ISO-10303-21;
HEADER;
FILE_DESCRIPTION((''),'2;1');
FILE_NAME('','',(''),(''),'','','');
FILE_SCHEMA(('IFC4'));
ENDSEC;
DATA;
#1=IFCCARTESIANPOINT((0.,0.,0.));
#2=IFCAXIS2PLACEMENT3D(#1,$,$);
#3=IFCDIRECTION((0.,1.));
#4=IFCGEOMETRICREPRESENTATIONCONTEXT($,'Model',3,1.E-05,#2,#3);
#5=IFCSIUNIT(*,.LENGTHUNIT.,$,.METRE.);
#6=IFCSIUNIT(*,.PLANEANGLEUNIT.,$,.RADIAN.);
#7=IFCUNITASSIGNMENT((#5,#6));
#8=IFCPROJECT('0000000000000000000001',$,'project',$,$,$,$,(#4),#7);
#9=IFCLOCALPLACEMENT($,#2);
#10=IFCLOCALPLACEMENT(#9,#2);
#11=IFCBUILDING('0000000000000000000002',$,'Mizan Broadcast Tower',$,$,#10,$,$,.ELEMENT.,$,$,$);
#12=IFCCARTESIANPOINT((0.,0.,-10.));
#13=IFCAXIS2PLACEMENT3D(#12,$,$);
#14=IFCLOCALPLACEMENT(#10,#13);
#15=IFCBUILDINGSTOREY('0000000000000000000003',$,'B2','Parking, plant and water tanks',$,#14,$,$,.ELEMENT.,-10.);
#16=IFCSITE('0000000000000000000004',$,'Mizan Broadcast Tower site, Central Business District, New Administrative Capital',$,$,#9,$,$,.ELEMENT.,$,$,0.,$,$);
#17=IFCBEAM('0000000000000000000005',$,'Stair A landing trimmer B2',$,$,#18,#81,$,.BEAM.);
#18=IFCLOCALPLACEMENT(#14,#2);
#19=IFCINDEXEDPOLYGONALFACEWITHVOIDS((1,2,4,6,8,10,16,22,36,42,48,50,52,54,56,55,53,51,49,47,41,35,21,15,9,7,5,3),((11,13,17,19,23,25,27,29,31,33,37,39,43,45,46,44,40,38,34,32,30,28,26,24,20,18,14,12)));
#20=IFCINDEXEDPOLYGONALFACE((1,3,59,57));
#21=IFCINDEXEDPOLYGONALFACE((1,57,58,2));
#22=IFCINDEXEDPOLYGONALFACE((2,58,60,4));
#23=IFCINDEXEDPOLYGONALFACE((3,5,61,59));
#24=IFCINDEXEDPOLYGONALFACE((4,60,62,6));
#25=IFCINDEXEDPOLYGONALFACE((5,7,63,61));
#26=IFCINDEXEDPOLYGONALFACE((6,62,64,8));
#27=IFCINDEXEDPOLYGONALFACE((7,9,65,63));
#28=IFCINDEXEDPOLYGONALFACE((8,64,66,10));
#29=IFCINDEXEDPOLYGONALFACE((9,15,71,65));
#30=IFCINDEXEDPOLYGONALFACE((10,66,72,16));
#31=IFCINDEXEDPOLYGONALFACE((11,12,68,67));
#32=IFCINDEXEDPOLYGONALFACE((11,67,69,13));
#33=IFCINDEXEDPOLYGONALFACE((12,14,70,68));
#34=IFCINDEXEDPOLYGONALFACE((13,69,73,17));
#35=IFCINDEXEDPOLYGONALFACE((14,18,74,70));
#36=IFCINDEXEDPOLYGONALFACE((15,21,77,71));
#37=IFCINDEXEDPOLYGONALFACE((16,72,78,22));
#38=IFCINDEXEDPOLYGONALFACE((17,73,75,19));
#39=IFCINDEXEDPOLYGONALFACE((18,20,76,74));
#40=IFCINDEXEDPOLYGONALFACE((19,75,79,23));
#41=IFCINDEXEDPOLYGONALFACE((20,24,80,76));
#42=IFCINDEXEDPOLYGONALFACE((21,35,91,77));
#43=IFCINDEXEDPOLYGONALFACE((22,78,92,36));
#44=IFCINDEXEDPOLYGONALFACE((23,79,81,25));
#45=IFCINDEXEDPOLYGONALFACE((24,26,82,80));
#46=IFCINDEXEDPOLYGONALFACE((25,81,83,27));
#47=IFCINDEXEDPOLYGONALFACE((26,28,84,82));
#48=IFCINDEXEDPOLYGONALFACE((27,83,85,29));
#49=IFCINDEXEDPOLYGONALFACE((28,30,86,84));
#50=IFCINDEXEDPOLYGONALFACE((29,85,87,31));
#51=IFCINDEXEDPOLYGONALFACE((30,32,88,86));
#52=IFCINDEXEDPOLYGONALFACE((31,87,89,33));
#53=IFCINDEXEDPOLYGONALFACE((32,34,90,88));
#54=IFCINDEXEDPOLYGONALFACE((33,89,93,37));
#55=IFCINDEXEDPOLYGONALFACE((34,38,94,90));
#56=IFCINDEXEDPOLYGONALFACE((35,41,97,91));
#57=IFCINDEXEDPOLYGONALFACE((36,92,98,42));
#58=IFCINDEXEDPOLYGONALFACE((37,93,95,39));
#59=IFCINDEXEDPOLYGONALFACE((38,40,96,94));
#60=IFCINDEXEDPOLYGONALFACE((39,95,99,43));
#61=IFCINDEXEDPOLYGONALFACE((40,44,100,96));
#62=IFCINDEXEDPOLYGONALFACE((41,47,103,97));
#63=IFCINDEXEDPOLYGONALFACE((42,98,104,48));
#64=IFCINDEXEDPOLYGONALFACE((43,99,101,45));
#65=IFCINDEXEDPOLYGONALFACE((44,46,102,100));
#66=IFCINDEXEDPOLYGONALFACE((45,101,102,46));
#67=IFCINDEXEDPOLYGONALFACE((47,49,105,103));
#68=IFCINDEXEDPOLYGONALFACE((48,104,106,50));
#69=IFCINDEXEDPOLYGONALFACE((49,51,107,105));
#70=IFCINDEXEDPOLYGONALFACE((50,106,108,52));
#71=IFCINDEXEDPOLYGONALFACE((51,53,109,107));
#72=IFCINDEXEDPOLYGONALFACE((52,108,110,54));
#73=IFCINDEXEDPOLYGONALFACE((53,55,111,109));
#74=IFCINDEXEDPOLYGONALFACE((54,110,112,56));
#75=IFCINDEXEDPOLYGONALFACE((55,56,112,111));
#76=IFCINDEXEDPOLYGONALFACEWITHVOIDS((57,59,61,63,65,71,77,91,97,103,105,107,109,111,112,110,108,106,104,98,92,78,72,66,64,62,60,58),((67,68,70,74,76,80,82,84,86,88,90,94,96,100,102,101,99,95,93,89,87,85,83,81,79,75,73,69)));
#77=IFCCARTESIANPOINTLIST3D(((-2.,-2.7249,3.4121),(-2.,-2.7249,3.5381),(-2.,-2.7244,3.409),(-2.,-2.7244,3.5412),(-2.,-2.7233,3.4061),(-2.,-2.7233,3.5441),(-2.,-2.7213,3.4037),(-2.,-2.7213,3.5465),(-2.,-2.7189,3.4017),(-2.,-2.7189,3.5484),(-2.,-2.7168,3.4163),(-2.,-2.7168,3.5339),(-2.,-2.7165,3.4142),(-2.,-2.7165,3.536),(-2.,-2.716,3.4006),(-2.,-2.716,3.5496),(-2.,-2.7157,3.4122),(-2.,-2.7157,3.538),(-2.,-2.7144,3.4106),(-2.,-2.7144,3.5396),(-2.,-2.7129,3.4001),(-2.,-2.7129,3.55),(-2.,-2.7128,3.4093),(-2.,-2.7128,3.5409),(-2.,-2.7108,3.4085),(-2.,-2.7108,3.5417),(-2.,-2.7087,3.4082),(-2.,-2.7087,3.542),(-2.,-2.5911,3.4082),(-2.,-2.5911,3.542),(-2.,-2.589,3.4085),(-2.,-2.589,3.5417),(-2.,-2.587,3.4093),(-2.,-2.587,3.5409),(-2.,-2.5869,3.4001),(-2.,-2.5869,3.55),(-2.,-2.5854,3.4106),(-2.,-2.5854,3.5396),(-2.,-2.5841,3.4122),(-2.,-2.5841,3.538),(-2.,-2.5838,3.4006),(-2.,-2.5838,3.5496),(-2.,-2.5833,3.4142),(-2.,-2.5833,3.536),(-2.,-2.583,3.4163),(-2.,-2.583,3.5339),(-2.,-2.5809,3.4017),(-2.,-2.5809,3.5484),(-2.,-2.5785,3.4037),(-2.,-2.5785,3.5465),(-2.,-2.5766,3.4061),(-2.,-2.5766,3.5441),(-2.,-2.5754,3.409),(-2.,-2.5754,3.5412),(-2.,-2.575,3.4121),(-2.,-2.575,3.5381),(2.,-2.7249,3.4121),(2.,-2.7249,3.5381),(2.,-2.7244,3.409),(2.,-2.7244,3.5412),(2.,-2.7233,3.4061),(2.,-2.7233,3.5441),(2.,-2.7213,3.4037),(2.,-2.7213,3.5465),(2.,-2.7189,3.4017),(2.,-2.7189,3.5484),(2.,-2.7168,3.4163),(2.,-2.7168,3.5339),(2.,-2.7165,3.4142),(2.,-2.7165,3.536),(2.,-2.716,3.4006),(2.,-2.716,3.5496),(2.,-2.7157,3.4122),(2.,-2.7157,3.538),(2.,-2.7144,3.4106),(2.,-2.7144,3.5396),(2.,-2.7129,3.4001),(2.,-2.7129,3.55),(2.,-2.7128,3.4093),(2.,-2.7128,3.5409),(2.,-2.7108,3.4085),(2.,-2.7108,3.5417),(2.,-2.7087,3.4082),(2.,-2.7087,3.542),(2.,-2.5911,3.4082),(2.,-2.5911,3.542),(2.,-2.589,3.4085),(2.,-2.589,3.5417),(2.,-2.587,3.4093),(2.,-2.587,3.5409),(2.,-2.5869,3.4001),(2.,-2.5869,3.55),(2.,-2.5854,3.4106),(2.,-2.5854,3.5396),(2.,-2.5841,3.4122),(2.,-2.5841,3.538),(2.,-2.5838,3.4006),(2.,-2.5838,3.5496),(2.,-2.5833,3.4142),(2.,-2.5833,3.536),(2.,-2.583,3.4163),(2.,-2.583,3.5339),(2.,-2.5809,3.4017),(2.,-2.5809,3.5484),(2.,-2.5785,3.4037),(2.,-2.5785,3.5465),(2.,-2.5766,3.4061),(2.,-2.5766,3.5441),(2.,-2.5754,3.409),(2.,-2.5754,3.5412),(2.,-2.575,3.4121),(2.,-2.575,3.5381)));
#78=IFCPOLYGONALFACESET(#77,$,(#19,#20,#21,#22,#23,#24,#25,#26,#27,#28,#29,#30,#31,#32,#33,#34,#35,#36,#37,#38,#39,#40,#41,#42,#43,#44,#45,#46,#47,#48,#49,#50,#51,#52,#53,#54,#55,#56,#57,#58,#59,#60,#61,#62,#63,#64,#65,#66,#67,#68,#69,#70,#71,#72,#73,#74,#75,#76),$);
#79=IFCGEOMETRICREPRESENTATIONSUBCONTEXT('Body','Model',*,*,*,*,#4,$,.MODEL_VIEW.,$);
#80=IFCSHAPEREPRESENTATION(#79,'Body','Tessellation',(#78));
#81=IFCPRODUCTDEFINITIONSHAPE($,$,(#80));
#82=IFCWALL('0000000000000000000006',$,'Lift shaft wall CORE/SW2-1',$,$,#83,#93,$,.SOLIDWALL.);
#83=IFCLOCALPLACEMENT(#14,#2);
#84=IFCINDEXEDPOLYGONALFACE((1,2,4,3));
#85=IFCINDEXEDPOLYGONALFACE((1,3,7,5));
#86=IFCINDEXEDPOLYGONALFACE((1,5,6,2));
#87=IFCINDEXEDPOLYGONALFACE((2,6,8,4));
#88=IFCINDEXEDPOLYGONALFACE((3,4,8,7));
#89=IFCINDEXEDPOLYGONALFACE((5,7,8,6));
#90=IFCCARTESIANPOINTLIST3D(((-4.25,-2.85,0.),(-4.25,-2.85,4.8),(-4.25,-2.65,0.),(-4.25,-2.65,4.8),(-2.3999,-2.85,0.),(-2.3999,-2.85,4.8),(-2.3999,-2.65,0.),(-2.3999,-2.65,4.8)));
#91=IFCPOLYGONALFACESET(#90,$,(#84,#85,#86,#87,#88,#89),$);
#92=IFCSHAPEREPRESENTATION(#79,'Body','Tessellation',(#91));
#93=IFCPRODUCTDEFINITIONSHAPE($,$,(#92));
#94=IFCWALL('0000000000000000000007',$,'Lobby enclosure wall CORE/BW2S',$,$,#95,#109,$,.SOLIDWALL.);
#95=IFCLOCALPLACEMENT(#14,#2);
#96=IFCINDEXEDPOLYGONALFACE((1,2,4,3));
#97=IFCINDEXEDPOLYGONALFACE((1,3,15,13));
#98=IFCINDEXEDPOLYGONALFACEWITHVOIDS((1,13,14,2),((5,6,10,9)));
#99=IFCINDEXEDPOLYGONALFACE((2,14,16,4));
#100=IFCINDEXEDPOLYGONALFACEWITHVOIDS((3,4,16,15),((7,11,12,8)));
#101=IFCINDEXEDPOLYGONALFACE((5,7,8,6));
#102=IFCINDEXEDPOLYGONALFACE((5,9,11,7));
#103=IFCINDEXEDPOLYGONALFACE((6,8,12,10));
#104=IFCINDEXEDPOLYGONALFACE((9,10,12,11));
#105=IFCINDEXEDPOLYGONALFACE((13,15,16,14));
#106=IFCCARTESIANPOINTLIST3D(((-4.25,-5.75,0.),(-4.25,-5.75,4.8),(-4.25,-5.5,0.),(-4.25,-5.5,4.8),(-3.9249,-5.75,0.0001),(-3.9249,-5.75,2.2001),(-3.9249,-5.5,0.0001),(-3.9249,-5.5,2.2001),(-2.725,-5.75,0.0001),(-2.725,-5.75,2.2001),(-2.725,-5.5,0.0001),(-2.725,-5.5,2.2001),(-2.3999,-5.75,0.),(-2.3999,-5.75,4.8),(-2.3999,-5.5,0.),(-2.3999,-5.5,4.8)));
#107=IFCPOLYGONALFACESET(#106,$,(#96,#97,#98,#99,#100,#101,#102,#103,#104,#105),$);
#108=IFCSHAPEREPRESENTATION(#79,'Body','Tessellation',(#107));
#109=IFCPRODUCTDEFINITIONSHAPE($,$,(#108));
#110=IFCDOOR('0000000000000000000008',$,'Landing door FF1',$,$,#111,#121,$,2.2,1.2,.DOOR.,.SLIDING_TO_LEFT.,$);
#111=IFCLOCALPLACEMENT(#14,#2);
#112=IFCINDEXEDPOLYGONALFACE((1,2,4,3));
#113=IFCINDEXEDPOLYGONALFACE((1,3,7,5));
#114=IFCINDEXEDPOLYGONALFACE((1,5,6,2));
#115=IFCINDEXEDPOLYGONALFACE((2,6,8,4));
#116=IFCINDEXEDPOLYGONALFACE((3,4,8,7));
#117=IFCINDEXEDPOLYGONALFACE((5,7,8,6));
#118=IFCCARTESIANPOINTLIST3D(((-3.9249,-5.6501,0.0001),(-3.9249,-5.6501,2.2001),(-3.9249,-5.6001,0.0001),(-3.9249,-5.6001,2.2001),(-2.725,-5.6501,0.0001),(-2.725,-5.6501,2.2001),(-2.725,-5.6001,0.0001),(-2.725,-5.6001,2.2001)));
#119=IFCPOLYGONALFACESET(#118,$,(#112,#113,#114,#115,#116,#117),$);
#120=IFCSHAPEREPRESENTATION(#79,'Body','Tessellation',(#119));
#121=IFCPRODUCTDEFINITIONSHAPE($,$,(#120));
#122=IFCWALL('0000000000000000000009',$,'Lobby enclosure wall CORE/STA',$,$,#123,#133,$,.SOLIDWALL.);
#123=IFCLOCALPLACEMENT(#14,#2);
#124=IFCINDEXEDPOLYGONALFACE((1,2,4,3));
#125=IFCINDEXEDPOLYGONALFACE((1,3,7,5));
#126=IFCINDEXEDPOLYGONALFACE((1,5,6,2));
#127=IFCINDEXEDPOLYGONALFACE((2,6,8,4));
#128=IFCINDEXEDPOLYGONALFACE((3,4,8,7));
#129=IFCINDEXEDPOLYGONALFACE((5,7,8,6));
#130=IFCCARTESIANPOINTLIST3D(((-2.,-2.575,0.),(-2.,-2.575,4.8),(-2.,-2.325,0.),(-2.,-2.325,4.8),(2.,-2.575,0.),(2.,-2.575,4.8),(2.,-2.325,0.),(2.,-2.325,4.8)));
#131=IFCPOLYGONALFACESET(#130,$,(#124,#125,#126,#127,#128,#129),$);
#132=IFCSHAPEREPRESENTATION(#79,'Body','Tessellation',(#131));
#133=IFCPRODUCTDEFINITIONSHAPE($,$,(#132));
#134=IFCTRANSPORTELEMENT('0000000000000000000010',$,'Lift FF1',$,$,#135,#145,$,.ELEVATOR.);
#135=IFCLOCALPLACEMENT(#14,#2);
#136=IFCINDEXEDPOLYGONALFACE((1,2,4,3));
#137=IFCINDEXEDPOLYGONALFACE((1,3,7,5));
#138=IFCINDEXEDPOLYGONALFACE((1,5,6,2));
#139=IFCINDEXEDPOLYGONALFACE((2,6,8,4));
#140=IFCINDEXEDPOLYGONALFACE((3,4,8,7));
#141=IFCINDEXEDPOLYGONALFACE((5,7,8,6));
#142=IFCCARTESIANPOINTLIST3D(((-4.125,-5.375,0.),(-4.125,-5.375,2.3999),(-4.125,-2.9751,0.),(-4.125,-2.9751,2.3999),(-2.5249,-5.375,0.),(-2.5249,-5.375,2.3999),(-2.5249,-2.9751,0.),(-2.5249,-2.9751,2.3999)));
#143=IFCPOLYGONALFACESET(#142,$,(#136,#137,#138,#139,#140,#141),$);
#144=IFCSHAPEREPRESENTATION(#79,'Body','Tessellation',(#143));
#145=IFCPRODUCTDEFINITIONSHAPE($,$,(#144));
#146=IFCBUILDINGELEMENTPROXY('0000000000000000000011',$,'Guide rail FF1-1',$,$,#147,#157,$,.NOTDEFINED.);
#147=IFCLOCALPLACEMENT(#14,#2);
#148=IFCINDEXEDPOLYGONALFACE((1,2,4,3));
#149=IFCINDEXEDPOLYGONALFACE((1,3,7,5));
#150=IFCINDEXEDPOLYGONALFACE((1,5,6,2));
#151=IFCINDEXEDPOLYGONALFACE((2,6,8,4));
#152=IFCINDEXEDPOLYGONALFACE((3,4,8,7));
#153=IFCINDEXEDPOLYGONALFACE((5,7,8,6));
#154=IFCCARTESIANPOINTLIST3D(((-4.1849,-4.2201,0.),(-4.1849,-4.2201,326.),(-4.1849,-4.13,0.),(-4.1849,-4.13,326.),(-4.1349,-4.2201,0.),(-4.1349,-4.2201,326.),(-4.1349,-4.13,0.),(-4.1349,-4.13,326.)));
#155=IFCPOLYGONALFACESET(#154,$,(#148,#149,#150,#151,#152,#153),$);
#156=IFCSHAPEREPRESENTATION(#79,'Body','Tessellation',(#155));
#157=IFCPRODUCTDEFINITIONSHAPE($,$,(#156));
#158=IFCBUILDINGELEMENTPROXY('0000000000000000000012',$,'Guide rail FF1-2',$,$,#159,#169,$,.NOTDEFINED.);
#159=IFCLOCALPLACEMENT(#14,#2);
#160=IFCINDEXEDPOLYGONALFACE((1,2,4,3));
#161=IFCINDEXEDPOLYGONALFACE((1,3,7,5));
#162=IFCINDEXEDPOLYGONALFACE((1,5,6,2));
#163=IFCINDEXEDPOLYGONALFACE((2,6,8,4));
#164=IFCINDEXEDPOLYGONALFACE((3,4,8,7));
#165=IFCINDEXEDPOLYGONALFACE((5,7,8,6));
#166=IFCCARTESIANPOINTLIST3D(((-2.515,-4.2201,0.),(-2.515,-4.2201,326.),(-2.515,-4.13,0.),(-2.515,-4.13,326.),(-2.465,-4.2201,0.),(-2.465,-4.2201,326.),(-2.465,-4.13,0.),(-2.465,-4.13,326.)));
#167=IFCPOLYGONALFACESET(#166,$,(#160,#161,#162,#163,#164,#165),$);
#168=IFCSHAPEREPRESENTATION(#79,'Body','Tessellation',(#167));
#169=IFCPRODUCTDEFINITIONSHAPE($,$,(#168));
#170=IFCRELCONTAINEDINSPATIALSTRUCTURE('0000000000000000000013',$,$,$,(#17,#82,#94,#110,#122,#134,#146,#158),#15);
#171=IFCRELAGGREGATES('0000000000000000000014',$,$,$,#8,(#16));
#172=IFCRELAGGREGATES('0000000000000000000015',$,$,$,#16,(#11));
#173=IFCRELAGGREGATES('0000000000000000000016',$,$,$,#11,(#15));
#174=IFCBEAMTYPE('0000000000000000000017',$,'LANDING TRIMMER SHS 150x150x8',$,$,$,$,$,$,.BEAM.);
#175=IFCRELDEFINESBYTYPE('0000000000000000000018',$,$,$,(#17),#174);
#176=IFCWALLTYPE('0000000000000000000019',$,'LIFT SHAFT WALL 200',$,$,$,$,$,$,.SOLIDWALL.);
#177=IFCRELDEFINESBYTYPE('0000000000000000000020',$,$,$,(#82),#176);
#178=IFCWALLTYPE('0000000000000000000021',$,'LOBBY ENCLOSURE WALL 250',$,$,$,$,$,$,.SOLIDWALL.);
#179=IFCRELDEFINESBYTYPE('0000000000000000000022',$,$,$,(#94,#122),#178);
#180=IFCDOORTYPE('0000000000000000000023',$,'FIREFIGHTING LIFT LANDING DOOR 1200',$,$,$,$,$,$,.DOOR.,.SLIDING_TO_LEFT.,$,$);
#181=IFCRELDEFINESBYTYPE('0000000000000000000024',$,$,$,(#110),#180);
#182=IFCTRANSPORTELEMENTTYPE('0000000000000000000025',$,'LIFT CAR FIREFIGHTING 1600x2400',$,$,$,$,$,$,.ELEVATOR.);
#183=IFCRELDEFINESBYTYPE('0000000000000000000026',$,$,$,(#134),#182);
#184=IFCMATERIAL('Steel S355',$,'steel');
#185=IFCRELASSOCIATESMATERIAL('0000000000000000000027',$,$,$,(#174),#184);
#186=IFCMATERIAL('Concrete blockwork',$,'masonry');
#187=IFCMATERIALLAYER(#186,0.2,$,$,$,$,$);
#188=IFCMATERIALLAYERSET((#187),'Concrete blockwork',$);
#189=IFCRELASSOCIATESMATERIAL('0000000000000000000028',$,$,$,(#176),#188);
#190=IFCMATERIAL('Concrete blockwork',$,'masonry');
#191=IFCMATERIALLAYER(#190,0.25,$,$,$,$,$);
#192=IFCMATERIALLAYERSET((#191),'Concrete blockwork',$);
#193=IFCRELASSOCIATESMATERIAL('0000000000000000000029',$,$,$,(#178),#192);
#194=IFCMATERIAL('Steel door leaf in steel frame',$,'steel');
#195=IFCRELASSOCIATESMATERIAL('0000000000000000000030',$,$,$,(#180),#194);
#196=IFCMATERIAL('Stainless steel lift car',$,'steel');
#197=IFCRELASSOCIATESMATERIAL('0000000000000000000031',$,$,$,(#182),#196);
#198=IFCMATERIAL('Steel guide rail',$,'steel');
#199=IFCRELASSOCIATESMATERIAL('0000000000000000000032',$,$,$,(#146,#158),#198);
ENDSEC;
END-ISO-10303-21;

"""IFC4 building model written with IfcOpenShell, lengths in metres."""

from ifc_helpers import new_model, si_unit, direction, frame, frame_2d, origin, origin_2d, place, context, subcontext, project, spatial, rectangle, hollow_rectangle, extrude, material, layer, layer_set, material_profile, profile_set, type_object, element, fill, save


model = new_model("IFC4")

# Units and contexts
model_context = context("Model", 3, precision=1e-05, world=origin(), true_north=direction((0.0, 1.0)))
body_context = subcontext(model_context, "Body", "Model", "MODEL_VIEW")
ifc_project = project(units=[si_unit("LENGTHUNIT", "METRE"), si_unit("PLANEANGLEUNIT", "RADIAN")], contexts=[model_context])

# Site, building, storey
site_placement = place(None, origin())
site = spatial("IfcSite", under=ifc_project, at=site_placement, Name="Mizan Broadcast Tower site, Central Business District, New Administrative Capital", CompositionType="ELEMENT", RefElevation=0.0)
building_placement = place(site_placement, origin())
building = spatial("IfcBuilding", under=site, at=building_placement, Name="Mizan Broadcast Tower", CompositionType="ELEMENT")
storey_placement = place(building_placement, frame((0.0, 0.0, -10.0)))
storey = spatial("IfcBuildingStorey", under=building, at=storey_placement, Name="B2", Description="Parking, plant and water tanks", CompositionType="ELEMENT", Elevation=-10.0)

# Beam
ifc_material_1 = material(Name="Steel S355", Category="steel")
ifc_material_profile_1 = material_profile(ifc_material_1, hollow_rectangle(XDim=0.1499, YDim=0.1499, WallThickness=0.0081, InnerFilletRadius=0.0081, OuterFilletRadius=0.012, at=origin_2d()), Name="SHS 150x150x8")
ifc_profile_set_1 = profile_set([ifc_material_profile_1], Name="Steel S355")
beam_type = type_object("IfcBeamType", Name="LANDING TRIMMER SHS 150x150x8", PredefinedType="BEAM", material=ifc_profile_set_1)
for number, where, z_axis, x_axis, name in (
    (1, (-2.0, -2.6499, 3.4751), (1.0, 0.0, 0.0), (0.0, 1.0, 0.0), "Stair A landing trimmer B2"),
):
    element("IfcBeam", number, at=place(storey_placement, frame(where, z_axis=z_axis, x_axis=x_axis)), inside=storey, type_object=beam_type, Name=name, PredefinedType="BEAM", context=body_context, shape_type="SweptSolid", body=[
        extrude(hollow_rectangle(XDim=0.1499, YDim=0.1499, WallThickness=0.0081, InnerFilletRadius=0.0081, OuterFilletRadius=0.012, at=origin_2d()), origin(), (0.0, 0.0, 1.0), 4.0),
    ])

# Wall
ifc_material_2 = material(Name="Concrete blockwork", Category="masonry")
ifc_layer_1 = layer(ifc_material_2, 0.2)
ifc_layer_set_1 = layer_set([ifc_layer_1], Name="Concrete blockwork")
wall_type_1 = type_object("IfcWallType", Name="LIFT SHAFT WALL 200", PredefinedType="SOLIDWALL", material=ifc_layer_set_1)
wall_1_placement = place(storey_placement, frame((-4.25, -2.75, 0.0), z_axis=(0.0, 0.0, 1.0), x_axis=(1.0, 0.0, 0.0)))
element("IfcWall", 2, at=wall_1_placement, inside=storey, type_object=wall_type_1, Name="Lift shaft wall CORE/SW2-1", PredefinedType="SOLIDWALL", context=body_context, shape_type="SweptSolid", body=[
    extrude(rectangle(XDim=1.8501, YDim=0.2, at=frame_2d((0.925, 0.0))), origin(), (0.0, 0.0, 1.0), 4.8),
])

# Wall, opening, door
ifc_material_3 = material(Name="Concrete blockwork", Category="masonry")
ifc_layer_2 = layer(ifc_material_3, 0.25)
ifc_layer_set_2 = layer_set([ifc_layer_2], Name="Concrete blockwork")
wall_type_2 = type_object("IfcWallType", Name="LOBBY ENCLOSURE WALL 250", PredefinedType="SOLIDWALL", material=ifc_layer_set_2)
wall_2_placement = place(storey_placement, frame((-4.25, -5.625, 0.0), z_axis=(0.0, 0.0, 1.0), x_axis=(1.0, 0.0, 0.0)))
wall_2 = element("IfcWall", 3, at=wall_2_placement, inside=storey, type_object=wall_type_2, Name="Lobby enclosure wall CORE/BW2S", PredefinedType="SOLIDWALL", context=body_context, shape_type="SweptSolid", body=[
    extrude(rectangle(XDim=1.8501, YDim=0.25, at=frame_2d((0.925, 0.0))), origin(), (0.0, 0.0, 1.0), 4.8),
])
opening_placement = place(wall_2_placement, frame((0.325, 0.0, 0.0)))
opening = element("IfcOpeningElement", 4, at=opening_placement, cuts=wall_2, PredefinedType="OPENING", context=body_context, shape_type="SweptSolid", body=[
    extrude(rectangle(XDim=1.2, YDim=2.2, at=frame_2d((0.6001, 1.1001))), frame((0.0, 0.135, 0.0), z_axis=(0.0, -1.0, 0.0), x_axis=(1.0, 0.0, 0.0)), (0.0, 0.0, 1.0), 0.27),
])
ifc_material_4 = material(Name="Steel door leaf in steel frame", Category="steel")
door_type = type_object("IfcDoorType", Name="FIREFIGHTING LIFT LANDING DOOR 1200", OperationType="SLIDING_TO_LEFT", PredefinedType="DOOR", material=ifc_material_4)
door_placement = place(opening_placement, origin())
door = element("IfcDoor", 5, at=door_placement, inside=storey, type_object=door_type, Name="Landing door FF1", OperationType="SLIDING_TO_LEFT", OverallHeight=2.2, OverallWidth=1.2, PredefinedType="DOOR", context=body_context, shape_type="SweptSolid", body=[
    extrude(rectangle(XDim=1.2, YDim=2.2, at=frame_2d((0.6001, 1.1001))), frame((0.0, 0.0249, 0.0), z_axis=(0.0, -1.0, 0.0), x_axis=(1.0, 0.0, 0.0)), (0.0, 0.0, 1.0), 0.05),
])
fill(opening, door)

# Wall
wall_3_placement = place(storey_placement, frame((-2.0, -2.45, 0.0), z_axis=(0.0, 0.0, 1.0), x_axis=(1.0, 0.0, 0.0)))
element("IfcWall", 6, at=wall_3_placement, inside=storey, type_object=wall_type_2, Name="Lobby enclosure wall CORE/STA", PredefinedType="SOLIDWALL", context=body_context, shape_type="SweptSolid", body=[
    extrude(rectangle(XDim=4.0, YDim=0.25, at=frame_2d((2.0, 0.0))), origin(), (0.0, 0.0, 1.0), 4.8),
])

# Transport element
ifc_material_5 = material(Name="Stainless steel lift car", Category="steel")
transport_element_type = type_object("IfcTransportElementType", Name="LIFT CAR FIREFIGHTING 1600x2400", PredefinedType="ELEVATOR", material=ifc_material_5)
transport_element_placement = place(storey_placement, frame((-3.325, -4.175, 0.0), z_axis=(0.0, 0.0, 1.0), x_axis=(1.0, 0.0, 0.0)))
element("IfcTransportElement", 7, at=transport_element_placement, inside=storey, type_object=transport_element_type, Name="Lift FF1", PredefinedType="ELEVATOR", context=body_context, shape_type="SweptSolid", body=[
    extrude(rectangle(XDim=1.6001, YDim=2.3999, at=origin_2d()), origin(), (0.0, 0.0, 1.0), 2.3999),
])

# Building element proxies
ifc_material_6 = material(Name="Steel guide rail", Category="steel")
for number, where, z_axis, x_axis, name in (
    (8, (-4.1599, -4.175, 0.0), (0.0, 0.0, 1.0), (1.0, 0.0, 0.0), "Guide rail FF1-1"),
    (9, (-2.49, -4.175, 0.0), (0.0, 0.0, 1.0), (1.0, 0.0, 0.0), "Guide rail FF1-2"),
):
    element("IfcBuildingElementProxy", number, at=place(storey_placement, frame(where, z_axis=z_axis, x_axis=x_axis)), inside=storey, material=ifc_material_6, Name=name, PredefinedType="NOTDEFINED", context=body_context, shape_type="SweptSolid", body=[
        extrude(rectangle(XDim=0.05, YDim=0.0901, at=origin_2d()), origin(), (0.0, 0.0, 1.0), 326.0),
    ])

save(model, "model.ifc")
